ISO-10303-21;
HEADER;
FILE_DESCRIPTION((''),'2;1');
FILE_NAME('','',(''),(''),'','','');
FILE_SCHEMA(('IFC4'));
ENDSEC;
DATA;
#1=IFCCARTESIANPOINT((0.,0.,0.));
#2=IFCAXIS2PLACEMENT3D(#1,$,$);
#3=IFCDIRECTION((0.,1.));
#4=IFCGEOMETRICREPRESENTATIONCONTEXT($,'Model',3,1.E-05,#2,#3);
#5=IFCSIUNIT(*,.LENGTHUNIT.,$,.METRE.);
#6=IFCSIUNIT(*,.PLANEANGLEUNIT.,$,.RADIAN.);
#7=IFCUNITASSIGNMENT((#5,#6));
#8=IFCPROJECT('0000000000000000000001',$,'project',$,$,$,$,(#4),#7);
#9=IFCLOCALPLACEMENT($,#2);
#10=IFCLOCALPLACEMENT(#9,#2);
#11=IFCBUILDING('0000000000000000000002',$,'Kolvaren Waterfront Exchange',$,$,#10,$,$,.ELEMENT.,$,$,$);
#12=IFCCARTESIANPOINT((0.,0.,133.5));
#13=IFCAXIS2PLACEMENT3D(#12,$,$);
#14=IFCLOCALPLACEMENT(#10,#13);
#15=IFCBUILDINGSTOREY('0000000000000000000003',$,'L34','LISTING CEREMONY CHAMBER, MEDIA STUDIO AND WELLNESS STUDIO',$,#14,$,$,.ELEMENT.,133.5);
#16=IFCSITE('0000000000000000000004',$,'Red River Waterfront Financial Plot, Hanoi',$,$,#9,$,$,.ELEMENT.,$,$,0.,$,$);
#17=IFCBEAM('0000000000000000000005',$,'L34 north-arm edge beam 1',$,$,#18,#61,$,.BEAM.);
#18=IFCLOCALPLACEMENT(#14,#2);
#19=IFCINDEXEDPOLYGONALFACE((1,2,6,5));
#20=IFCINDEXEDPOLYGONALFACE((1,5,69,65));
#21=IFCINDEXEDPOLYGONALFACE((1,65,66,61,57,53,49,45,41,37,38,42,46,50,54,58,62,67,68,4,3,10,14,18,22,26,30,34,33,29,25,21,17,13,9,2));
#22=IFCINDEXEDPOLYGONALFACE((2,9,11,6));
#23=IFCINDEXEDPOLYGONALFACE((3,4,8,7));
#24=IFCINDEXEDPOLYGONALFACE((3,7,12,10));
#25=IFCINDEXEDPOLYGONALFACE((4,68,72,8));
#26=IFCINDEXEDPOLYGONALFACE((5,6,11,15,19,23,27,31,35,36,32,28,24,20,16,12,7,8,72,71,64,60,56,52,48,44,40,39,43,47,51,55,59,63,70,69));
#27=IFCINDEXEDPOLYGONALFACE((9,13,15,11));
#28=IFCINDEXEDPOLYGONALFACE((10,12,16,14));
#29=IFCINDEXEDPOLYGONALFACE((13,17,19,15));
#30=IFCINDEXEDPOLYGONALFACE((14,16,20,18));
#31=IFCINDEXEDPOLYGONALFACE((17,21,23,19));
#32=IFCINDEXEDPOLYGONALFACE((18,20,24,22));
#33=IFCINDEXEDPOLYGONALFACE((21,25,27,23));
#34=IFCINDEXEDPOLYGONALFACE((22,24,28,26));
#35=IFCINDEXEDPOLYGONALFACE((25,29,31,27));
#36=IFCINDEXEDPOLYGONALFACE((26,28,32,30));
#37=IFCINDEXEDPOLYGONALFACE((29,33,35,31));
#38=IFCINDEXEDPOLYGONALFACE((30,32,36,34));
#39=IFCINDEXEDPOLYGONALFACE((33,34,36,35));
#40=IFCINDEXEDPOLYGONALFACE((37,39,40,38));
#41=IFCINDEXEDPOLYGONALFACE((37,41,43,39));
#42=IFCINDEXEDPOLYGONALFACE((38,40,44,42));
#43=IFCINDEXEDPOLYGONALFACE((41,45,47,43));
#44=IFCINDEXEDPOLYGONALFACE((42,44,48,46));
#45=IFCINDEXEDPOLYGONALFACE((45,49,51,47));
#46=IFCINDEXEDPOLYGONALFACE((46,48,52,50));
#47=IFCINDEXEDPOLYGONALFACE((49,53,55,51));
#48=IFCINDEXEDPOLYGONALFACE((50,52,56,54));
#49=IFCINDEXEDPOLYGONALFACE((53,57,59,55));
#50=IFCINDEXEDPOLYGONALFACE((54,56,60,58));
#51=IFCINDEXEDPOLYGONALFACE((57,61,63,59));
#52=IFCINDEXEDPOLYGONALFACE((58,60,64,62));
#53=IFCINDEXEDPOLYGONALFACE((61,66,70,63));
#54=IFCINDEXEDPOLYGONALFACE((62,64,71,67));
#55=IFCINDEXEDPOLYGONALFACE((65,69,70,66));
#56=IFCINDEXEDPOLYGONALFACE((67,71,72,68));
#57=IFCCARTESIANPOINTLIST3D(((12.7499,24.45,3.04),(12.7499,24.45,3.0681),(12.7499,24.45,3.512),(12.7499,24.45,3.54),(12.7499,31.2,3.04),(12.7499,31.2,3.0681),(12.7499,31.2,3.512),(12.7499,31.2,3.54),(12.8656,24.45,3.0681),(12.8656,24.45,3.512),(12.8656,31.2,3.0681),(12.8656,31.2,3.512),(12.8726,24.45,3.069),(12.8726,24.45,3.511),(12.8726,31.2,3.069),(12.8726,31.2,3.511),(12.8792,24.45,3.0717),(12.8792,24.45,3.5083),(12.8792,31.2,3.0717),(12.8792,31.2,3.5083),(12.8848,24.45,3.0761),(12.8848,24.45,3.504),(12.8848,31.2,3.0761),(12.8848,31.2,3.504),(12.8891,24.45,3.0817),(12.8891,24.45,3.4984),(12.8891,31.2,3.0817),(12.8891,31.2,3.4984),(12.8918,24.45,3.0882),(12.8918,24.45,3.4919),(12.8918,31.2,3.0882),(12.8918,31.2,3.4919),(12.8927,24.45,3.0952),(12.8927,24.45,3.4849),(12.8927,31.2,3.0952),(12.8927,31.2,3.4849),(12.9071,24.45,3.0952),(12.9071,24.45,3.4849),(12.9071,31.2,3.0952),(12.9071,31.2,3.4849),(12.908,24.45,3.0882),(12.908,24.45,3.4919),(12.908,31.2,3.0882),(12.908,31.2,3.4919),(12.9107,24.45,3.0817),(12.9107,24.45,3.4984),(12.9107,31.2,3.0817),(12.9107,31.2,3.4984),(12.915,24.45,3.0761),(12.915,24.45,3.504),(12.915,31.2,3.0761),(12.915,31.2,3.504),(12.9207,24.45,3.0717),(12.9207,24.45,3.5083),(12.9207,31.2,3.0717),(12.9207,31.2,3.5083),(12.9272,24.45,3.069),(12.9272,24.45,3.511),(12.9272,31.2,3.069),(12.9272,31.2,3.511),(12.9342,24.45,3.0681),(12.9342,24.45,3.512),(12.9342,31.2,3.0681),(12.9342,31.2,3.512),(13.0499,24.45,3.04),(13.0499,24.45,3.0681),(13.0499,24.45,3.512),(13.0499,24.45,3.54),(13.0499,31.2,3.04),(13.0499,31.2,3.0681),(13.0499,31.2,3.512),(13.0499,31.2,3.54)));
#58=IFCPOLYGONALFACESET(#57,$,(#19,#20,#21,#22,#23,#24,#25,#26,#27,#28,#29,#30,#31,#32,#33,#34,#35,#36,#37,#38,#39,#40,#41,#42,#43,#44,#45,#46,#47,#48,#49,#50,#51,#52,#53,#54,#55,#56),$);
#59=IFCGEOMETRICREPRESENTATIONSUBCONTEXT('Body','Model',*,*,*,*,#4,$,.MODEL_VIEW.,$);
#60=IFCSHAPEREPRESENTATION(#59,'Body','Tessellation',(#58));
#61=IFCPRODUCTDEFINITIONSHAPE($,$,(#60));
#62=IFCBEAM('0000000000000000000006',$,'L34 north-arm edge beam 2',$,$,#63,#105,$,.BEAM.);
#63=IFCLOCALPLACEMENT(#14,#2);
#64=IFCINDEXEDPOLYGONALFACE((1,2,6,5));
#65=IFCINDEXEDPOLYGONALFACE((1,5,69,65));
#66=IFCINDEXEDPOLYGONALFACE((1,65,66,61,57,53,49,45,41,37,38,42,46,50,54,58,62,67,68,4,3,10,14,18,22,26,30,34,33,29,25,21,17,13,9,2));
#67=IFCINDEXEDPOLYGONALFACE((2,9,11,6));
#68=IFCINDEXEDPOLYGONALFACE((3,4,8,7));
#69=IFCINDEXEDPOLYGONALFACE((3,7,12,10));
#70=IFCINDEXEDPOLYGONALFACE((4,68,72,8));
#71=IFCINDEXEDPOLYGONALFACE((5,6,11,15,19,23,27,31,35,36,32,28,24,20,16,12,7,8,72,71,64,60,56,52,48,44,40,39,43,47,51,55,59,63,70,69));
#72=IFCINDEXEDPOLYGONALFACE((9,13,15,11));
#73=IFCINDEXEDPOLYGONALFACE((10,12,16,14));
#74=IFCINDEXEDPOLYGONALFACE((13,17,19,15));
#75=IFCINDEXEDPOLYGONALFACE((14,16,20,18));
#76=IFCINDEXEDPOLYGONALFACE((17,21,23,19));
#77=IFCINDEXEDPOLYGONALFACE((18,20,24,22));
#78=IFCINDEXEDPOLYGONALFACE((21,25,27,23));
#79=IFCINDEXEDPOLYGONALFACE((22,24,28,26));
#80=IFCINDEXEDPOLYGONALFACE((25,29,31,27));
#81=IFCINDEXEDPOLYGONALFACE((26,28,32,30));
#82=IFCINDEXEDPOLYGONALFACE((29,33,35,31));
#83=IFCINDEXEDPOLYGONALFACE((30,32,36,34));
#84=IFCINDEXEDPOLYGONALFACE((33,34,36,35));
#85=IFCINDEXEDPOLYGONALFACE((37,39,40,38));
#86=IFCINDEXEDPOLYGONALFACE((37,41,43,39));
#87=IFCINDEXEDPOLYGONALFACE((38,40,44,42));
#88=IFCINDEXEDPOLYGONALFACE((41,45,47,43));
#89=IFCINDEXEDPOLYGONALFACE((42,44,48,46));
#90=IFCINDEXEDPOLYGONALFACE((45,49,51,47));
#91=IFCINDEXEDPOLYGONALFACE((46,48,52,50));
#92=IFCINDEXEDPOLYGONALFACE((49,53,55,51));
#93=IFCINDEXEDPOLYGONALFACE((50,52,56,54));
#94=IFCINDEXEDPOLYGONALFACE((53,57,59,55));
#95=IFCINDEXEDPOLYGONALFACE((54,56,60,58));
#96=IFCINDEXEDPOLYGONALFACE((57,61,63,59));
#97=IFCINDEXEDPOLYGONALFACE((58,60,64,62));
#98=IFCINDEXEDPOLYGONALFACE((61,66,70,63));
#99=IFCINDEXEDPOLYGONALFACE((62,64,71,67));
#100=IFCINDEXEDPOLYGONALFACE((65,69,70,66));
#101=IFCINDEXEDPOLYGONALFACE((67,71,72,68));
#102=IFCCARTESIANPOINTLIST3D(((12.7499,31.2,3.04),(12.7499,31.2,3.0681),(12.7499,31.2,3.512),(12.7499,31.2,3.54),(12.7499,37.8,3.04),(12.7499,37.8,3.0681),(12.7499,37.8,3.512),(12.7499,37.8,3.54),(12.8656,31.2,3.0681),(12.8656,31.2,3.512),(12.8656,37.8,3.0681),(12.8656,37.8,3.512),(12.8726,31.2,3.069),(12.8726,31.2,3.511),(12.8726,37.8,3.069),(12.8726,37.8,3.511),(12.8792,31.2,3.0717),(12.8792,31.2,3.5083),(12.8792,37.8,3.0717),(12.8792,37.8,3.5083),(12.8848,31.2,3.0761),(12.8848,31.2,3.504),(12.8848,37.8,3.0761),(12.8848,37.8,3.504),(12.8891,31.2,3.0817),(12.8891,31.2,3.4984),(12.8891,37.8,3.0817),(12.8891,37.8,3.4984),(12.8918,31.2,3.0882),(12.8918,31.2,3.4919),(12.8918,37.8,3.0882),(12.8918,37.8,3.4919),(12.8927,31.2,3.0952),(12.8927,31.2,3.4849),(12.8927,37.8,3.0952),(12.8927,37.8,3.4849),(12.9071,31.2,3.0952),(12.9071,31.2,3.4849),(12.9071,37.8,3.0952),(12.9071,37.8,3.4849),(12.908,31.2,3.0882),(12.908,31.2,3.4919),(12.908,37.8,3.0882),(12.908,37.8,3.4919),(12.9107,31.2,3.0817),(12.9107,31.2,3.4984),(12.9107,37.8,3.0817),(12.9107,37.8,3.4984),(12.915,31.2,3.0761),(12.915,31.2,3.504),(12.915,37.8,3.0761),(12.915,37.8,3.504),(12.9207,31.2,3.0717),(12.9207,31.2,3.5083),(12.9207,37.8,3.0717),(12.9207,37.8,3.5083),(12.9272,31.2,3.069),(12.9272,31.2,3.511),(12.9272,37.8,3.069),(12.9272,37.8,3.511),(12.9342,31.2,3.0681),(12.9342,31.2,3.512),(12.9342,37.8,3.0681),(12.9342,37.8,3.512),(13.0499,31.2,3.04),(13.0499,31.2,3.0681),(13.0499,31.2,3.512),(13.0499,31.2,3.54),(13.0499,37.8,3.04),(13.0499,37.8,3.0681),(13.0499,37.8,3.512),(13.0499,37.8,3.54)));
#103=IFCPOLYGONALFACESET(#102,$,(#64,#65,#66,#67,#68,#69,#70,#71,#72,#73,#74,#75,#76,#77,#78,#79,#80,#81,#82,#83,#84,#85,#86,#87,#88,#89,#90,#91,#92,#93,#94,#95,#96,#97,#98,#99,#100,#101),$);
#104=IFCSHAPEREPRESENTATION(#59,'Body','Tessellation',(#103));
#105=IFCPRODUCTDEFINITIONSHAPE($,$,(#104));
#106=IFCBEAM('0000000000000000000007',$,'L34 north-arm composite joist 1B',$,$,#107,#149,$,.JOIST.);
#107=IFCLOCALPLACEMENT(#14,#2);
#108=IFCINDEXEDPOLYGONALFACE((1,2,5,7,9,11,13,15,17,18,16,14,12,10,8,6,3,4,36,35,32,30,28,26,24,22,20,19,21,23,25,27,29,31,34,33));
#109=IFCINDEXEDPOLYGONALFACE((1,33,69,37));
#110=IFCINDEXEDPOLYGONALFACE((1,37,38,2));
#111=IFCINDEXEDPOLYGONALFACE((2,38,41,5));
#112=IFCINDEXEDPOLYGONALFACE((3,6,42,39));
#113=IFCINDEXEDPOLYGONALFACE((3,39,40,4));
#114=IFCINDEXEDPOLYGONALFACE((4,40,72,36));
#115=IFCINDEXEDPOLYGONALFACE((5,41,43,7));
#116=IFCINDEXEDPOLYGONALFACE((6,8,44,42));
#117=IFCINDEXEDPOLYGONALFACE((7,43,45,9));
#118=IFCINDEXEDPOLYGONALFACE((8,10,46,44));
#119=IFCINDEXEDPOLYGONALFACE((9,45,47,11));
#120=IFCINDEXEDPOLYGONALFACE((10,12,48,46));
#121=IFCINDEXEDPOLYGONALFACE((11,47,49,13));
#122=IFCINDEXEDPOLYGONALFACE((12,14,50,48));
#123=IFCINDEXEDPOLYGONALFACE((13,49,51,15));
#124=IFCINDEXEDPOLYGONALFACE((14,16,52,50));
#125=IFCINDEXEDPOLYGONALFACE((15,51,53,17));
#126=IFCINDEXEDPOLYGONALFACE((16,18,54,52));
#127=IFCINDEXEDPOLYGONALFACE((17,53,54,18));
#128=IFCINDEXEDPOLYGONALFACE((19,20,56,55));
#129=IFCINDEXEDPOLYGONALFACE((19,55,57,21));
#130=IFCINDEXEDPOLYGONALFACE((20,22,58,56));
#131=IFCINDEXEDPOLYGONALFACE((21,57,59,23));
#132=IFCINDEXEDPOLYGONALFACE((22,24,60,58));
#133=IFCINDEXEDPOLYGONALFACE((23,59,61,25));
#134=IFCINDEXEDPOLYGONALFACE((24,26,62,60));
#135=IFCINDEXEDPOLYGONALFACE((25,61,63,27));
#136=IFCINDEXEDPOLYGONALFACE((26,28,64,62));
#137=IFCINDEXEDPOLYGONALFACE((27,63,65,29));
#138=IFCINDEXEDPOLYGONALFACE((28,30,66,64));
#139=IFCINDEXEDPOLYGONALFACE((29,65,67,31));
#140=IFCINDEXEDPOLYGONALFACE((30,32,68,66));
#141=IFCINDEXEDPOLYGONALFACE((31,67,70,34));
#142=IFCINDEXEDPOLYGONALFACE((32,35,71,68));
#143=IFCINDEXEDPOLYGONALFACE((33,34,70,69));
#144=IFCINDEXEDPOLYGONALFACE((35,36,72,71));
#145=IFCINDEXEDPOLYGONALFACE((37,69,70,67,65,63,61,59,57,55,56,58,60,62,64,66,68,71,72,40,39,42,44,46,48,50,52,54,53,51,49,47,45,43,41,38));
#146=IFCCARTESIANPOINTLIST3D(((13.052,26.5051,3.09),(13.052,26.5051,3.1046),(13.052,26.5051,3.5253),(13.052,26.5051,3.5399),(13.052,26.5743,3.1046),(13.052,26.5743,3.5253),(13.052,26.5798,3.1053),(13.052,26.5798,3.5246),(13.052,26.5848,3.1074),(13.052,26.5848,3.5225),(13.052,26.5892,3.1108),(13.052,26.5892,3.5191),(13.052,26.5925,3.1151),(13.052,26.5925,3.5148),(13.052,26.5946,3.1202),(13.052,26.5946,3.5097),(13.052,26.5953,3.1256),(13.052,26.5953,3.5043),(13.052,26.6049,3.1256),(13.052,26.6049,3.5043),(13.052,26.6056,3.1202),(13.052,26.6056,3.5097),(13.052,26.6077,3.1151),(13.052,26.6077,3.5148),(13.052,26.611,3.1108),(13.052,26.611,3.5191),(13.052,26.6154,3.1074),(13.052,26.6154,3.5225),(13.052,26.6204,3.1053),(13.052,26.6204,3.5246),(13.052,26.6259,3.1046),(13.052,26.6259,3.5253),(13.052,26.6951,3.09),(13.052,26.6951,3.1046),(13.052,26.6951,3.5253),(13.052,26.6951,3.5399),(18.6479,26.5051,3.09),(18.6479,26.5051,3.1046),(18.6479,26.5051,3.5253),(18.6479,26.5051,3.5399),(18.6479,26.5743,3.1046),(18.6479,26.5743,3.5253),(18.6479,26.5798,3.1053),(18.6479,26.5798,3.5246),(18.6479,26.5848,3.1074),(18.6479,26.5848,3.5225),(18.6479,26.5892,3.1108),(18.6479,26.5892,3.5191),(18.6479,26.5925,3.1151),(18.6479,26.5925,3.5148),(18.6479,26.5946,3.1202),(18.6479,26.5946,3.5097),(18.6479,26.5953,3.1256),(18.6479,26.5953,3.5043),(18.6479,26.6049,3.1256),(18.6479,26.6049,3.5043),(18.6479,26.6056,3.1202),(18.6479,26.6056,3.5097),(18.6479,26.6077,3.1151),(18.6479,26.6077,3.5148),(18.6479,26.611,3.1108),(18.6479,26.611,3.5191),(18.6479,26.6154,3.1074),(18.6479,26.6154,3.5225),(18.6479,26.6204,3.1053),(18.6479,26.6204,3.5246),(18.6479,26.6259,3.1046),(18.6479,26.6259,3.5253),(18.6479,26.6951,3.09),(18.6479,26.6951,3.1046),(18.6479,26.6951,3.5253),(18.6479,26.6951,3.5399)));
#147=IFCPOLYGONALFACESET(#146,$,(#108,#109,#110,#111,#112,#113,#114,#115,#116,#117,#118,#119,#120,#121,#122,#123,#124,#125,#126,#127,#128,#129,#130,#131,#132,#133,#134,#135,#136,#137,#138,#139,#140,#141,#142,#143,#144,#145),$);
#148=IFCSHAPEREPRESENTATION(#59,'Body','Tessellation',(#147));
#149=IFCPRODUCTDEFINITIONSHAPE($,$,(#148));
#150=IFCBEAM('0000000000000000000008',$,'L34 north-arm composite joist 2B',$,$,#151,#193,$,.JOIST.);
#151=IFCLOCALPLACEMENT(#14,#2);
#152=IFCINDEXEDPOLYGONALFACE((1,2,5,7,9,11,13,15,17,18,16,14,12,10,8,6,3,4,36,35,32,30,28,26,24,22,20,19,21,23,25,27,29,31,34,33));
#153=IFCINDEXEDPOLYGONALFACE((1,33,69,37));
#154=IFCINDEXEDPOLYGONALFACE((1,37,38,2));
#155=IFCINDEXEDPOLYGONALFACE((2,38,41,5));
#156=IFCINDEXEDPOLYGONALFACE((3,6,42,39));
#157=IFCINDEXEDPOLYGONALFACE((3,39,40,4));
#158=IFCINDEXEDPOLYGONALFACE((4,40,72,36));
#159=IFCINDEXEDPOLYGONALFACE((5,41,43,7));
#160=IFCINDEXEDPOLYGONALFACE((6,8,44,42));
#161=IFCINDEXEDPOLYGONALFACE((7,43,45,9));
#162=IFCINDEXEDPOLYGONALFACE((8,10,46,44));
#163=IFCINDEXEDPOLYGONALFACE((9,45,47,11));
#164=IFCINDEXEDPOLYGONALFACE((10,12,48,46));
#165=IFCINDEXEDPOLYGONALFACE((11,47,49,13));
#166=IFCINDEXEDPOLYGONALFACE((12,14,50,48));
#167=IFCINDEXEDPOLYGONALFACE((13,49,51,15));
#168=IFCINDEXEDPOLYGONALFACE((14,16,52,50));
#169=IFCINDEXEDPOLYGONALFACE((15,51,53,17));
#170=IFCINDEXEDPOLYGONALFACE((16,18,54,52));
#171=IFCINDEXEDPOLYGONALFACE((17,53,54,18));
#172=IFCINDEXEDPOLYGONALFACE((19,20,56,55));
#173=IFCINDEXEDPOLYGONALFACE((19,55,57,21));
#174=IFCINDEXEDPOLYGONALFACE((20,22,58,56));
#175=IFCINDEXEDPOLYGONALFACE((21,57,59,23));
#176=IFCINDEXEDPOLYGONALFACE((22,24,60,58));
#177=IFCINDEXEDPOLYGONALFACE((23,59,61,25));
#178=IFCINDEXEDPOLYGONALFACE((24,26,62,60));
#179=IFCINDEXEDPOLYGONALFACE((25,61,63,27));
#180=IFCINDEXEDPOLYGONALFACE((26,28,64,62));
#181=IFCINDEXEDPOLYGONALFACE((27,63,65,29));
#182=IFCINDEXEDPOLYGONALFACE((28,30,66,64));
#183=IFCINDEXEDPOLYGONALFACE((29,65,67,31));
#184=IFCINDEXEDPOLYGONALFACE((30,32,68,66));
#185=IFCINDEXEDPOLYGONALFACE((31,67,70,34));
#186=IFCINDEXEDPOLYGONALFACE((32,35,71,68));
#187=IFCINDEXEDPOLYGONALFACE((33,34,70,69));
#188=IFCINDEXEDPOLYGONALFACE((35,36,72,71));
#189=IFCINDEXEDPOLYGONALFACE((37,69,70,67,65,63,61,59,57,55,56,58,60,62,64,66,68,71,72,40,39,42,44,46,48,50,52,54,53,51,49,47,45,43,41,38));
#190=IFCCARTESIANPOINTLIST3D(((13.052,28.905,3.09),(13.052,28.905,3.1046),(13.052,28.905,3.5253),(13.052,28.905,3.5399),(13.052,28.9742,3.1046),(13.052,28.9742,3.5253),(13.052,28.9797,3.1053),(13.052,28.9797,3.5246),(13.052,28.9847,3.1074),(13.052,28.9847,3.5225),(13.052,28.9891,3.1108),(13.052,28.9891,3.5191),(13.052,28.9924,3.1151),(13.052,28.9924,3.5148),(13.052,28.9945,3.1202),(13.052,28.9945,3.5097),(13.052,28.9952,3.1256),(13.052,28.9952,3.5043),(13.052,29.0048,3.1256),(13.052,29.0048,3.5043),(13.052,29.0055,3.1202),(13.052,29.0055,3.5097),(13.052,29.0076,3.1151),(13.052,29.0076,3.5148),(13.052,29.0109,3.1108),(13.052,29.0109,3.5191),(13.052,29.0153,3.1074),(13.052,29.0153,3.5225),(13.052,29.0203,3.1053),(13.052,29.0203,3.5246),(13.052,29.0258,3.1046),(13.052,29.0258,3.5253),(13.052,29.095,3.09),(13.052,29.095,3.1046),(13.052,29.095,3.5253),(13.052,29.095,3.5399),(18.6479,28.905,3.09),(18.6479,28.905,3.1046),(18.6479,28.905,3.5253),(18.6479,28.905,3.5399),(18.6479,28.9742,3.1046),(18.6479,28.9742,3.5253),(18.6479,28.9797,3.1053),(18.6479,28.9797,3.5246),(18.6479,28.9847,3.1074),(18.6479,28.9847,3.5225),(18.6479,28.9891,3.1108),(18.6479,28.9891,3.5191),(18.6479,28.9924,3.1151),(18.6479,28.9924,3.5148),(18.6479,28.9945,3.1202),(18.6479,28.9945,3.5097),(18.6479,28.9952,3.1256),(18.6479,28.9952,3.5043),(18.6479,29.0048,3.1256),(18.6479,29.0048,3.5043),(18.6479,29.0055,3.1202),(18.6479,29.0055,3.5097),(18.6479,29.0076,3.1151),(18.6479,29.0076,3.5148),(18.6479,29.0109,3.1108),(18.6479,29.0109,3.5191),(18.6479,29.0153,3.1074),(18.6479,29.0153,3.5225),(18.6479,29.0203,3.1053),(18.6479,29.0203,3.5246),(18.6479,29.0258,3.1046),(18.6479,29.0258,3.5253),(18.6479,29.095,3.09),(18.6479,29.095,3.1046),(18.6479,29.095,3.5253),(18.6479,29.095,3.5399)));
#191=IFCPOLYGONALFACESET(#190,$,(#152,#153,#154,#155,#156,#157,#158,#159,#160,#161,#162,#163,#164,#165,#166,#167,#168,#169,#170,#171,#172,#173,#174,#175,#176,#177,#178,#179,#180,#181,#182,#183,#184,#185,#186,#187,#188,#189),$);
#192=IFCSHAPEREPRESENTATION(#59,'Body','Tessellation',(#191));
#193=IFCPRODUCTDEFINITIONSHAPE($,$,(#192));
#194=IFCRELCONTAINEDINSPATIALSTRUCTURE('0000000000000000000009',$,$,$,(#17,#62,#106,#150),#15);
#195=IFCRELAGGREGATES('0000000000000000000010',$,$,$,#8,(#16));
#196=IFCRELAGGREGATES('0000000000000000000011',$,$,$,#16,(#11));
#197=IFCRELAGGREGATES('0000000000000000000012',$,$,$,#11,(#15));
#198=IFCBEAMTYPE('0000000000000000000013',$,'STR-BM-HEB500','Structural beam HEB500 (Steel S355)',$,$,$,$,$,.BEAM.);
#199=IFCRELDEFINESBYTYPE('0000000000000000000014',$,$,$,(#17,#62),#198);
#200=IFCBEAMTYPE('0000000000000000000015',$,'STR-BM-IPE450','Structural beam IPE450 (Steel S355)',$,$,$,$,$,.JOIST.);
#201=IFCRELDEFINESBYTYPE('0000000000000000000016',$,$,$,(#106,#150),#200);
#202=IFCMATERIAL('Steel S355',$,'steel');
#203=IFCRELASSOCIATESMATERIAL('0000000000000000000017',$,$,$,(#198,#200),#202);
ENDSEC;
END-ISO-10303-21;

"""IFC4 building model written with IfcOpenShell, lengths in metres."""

from ifc_helpers import new_model, si_unit, direction, frame, origin, origin_2d, place, context, subcontext, project, spatial, i_section, extrude, material, material_profile, profile_set, type_object, element, save


model = new_model("IFC4")

# Units and contexts
model_context = context("Model", 3, precision=1e-05, world=origin(), true_north=direction((0.0, 1.0)))
body_context = subcontext(model_context, "Body", "Model", "MODEL_VIEW")
ifc_project = project(units=[si_unit("LENGTHUNIT", "METRE"), si_unit("PLANEANGLEUNIT", "RADIAN")], contexts=[model_context])

# Site, building, storey
site_placement = place(None, origin())
site = spatial("IfcSite", under=ifc_project, at=site_placement, Name="Red River Waterfront Financial Plot, Hanoi", CompositionType="ELEMENT", RefElevation=0.0)
building_placement = place(site_placement, origin())
building = spatial("IfcBuilding", under=site, at=building_placement, Name="Kolvaren Waterfront Exchange", CompositionType="ELEMENT")
storey_placement = place(building_placement, frame((0.0, 0.0, 133.5)))
storey = spatial("IfcBuildingStorey", under=building, at=storey_placement, Name="L34", Description="LISTING CEREMONY CHAMBER, MEDIA STUDIO AND WELLNESS STUDIO", CompositionType="ELEMENT", Elevation=133.5)

# Beams
ifc_material_1 = material(Name="Steel S355", Category="steel")
ifc_material_profile_1 = material_profile(ifc_material_1, i_section(OverallWidth=0.3, OverallDepth=0.5, WebThickness=0.0144, FlangeThickness=0.0281, FilletRadius=0.0271, at=origin_2d()), Name="HEB500")
ifc_profile_set_1 = profile_set([ifc_material_profile_1], Name="Steel S355")
beam_type_1 = type_object("IfcBeamType", Name="STR-BM-HEB500", Description="Structural beam HEB500 (Steel S355)", PredefinedType="BEAM", material=ifc_profile_set_1)
beam_1_placement = place(storey_placement, frame((12.8999, 24.45, 3.29), z_axis=(0.0, 1.0, 0.0), x_axis=(-1.0, 0.0, 0.0)))
element("IfcBeam", 1, at=beam_1_placement, inside=storey, type_object=beam_type_1, Name="L34 north-arm edge beam 1", PredefinedType="BEAM", context=body_context, shape_type="SweptSolid", body=[
    extrude(i_section(OverallWidth=0.3, OverallDepth=0.5, WebThickness=0.0144, FlangeThickness=0.0281, FilletRadius=0.0271, at=origin_2d()), origin(), (0.0, 0.0, 1.0), 6.75),
])
beam_2_placement = place(storey_placement, frame((12.8999, 31.2, 3.29), z_axis=(0.0, 1.0, 0.0), x_axis=(-1.0, 0.0, 0.0)))
element("IfcBeam", 2, at=beam_2_placement, inside=storey, type_object=beam_type_1, Name="L34 north-arm edge beam 2", PredefinedType="BEAM", context=body_context, shape_type="SweptSolid", body=[
    extrude(i_section(OverallWidth=0.3, OverallDepth=0.5, WebThickness=0.0144, FlangeThickness=0.0281, FilletRadius=0.0271, at=origin_2d()), origin(), (0.0, 0.0, 1.0), 6.6001),
])
ifc_material_profile_2 = material_profile(ifc_material_1, i_section(OverallWidth=0.1899, OverallDepth=0.45, WebThickness=0.0095, FlangeThickness=0.0146, FilletRadius=0.021, at=origin_2d()), Name="IPE450")
ifc_profile_set_2 = profile_set([ifc_material_profile_2], Name="Steel S355")
beam_type_2 = type_object("IfcBeamType", Name="STR-BM-IPE450", Description="Structural beam IPE450 (Steel S355)", PredefinedType="JOIST", material=ifc_profile_set_2)
for number, where, z_axis, x_axis, name in (
    (3, (13.052, 26.6001, 3.3149), (1.0, 0.0, 0.0), (0.0, 1.0, 0.0), "L34 north-arm composite joist 1B"),
    (4, (13.052, 29.0, 3.3149), (1.0, 0.0, 0.0), (0.0, 1.0, 0.0), "L34 north-arm composite joist 2B"),
):
    element("IfcBeam", number, at=place(storey_placement, frame(where, z_axis=z_axis, x_axis=x_axis)), inside=storey, type_object=beam_type_2, Name=name, PredefinedType="JOIST", context=body_context, shape_type="SweptSolid", body=[
        extrude(i_section(OverallWidth=0.1899, OverallDepth=0.45, WebThickness=0.0095, FlangeThickness=0.0146, FilletRadius=0.021, at=origin_2d()), origin(), (0.0, 0.0, 1.0), 5.5959),
    ])

save(model, "model.ifc")
